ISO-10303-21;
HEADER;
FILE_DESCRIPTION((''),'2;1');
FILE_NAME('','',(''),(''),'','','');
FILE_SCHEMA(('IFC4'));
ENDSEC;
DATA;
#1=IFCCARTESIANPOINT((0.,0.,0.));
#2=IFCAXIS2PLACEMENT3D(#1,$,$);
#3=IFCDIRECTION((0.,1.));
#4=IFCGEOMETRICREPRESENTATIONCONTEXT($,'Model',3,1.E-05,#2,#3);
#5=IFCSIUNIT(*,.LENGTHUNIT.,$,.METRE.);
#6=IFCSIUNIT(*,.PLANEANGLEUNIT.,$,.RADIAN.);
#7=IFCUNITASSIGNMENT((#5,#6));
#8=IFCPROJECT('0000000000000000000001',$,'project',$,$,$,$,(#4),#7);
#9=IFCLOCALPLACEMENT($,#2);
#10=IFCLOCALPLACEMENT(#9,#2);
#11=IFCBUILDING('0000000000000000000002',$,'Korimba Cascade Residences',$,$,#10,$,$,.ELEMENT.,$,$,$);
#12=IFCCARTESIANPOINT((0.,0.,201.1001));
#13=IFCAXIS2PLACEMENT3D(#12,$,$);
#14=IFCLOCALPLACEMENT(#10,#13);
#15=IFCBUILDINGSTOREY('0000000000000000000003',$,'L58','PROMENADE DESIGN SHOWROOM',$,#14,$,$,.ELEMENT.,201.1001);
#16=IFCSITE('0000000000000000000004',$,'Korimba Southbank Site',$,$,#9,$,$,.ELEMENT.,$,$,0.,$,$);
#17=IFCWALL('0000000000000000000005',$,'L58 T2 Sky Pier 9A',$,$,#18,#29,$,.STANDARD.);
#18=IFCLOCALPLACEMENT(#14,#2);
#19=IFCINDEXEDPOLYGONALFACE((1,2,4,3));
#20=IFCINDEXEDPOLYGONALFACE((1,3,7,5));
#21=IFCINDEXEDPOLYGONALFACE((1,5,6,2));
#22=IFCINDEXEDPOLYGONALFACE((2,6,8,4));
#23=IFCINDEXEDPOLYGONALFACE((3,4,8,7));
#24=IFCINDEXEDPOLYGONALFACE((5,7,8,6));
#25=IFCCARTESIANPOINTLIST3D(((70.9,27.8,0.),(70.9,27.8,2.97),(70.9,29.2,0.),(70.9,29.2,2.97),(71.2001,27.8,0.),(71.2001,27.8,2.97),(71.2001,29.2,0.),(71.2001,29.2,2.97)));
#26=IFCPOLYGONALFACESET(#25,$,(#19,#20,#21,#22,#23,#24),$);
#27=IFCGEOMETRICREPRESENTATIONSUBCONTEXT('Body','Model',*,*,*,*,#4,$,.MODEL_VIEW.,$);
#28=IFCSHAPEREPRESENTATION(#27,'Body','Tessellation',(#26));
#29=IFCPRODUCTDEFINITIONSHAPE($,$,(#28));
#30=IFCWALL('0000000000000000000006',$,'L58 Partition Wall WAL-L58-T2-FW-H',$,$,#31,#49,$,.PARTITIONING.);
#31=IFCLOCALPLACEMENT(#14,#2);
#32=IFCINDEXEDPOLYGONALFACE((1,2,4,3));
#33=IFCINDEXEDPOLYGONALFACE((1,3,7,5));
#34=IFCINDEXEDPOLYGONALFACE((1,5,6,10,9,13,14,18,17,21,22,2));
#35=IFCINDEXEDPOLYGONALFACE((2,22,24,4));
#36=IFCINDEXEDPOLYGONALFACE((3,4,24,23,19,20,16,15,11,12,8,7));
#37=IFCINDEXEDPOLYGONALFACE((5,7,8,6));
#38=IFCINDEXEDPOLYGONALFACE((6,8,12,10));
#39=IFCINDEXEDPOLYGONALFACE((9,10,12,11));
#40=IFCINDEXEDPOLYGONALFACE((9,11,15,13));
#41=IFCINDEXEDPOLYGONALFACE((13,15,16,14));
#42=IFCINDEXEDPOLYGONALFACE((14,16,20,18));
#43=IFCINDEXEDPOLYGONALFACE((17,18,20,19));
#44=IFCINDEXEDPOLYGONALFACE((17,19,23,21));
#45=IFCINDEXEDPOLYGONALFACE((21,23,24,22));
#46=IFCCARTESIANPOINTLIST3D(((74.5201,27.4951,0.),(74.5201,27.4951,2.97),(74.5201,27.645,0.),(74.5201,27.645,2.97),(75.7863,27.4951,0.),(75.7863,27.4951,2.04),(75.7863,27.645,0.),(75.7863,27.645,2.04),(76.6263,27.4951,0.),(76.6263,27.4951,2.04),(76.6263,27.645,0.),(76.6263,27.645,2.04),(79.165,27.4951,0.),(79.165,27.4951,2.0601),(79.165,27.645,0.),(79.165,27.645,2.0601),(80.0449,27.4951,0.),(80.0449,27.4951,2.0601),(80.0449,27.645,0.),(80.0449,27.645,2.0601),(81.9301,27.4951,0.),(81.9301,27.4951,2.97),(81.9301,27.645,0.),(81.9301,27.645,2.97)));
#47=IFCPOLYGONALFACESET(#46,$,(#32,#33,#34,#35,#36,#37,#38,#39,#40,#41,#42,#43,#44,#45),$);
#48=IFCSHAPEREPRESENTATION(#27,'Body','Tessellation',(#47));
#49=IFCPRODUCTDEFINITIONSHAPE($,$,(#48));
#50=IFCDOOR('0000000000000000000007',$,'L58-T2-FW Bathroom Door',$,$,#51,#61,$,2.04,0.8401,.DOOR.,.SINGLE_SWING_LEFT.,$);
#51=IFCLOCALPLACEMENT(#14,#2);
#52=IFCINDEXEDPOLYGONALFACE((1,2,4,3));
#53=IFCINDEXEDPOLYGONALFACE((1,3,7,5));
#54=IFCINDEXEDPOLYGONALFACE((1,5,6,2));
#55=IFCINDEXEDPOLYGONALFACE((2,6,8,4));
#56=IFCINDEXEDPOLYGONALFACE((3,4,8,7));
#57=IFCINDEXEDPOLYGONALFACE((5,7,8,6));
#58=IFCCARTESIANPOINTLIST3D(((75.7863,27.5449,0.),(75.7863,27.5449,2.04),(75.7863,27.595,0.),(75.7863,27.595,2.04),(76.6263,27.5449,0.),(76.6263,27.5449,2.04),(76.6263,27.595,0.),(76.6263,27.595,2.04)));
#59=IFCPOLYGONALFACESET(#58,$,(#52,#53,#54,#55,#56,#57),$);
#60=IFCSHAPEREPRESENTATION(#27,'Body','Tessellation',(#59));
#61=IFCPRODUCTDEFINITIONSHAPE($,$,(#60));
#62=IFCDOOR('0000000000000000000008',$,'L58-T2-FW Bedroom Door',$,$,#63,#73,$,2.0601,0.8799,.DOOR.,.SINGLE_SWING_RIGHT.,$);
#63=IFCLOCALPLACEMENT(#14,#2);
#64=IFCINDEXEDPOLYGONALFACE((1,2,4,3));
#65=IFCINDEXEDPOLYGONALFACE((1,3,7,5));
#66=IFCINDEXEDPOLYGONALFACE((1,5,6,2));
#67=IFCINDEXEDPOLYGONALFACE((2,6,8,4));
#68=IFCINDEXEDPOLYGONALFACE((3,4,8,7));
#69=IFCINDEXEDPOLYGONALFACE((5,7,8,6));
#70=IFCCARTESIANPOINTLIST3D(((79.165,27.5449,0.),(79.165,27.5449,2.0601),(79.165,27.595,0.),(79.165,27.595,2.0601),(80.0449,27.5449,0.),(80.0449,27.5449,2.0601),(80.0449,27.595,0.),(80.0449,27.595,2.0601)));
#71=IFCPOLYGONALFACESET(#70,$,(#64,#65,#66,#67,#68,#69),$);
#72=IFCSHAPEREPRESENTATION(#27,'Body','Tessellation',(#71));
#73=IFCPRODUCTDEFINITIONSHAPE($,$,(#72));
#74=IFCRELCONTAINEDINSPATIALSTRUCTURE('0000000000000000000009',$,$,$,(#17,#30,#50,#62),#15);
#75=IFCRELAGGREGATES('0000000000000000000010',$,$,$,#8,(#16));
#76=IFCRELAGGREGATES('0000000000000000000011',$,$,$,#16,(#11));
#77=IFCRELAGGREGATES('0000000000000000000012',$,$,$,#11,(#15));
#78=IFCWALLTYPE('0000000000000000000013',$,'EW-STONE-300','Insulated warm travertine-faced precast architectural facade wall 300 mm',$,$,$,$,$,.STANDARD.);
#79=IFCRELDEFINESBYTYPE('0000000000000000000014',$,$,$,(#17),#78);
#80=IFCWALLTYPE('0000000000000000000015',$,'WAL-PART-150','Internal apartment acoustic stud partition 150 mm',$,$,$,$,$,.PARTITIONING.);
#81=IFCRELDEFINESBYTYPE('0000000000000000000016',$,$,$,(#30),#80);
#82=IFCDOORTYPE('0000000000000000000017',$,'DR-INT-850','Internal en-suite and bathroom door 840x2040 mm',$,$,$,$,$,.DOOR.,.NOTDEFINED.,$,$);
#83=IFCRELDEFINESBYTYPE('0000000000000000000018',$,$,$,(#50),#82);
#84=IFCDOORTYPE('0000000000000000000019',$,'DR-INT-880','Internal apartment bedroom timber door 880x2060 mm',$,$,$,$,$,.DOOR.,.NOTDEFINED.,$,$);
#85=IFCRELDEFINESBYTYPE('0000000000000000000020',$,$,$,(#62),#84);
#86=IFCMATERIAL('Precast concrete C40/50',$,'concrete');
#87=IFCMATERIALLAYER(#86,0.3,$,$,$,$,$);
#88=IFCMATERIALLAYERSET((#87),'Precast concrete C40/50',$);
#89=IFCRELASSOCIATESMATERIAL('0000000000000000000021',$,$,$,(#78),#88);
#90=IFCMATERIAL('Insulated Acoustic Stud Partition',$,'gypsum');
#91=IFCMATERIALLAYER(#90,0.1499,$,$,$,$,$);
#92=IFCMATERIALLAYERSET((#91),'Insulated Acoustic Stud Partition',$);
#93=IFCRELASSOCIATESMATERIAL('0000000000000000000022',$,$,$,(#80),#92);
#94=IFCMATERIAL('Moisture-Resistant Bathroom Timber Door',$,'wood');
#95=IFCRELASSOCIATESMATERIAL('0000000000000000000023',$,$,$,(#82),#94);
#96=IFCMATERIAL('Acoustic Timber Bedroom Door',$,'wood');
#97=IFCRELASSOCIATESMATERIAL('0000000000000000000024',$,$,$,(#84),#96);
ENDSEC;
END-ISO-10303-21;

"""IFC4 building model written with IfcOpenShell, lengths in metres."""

from ifc_helpers import new_model, si_unit, direction, frame, frame_2d, origin, place, context, subcontext, project, spatial, rectangle, extrude, material, layer, layer_set, type_object, element, fill, save


model = new_model("IFC4")

# Units and contexts
model_context = context("Model", 3, precision=1e-05, world=origin(), true_north=direction((0.0, 1.0)))
body_context = subcontext(model_context, "Body", "Model", "MODEL_VIEW")
ifc_project = project(units=[si_unit("LENGTHUNIT", "METRE"), si_unit("PLANEANGLEUNIT", "RADIAN")], contexts=[model_context])

# Site, building, storey
site_placement = place(None, origin())
site = spatial("IfcSite", under=ifc_project, at=site_placement, Name="Korimba Southbank Site", CompositionType="ELEMENT", RefElevation=0.0)
building_placement = place(site_placement, origin())
building = spatial("IfcBuilding", under=site, at=building_placement, Name="Korimba Cascade Residences", CompositionType="ELEMENT")
storey_placement = place(building_placement, frame((0.0, 0.0, 201.1001)))
storey = spatial("IfcBuildingStorey", under=building, at=storey_placement, Name="L58", Description="PROMENADE DESIGN SHOWROOM", CompositionType="ELEMENT", Elevation=201.1001)

# Wall
ifc_material_1 = material(Name="Precast concrete C40/50", Category="concrete")
ifc_layer_1 = layer(ifc_material_1, 0.3)
ifc_layer_set_1 = layer_set([ifc_layer_1], Name="Precast concrete C40/50")
wall_type_1 = type_object("IfcWallType", Name="EW-STONE-300", Description="Insulated warm travertine-faced precast architectural facade wall 300 mm", PredefinedType="STANDARD", material=ifc_layer_set_1)
wall_1_placement = place(storey_placement, frame((71.05, 29.2, 0.0), z_axis=(0.0, 0.0, 1.0), x_axis=(0.0, -1.0, 0.0)))
element("IfcWall", 1, at=wall_1_placement, inside=storey, type_object=wall_type_1, Name="L58 T2 Sky Pier 9A", PredefinedType="STANDARD", context=body_context, shape_type="SweptSolid", body=[
    extrude(rectangle(XDim=1.3999, YDim=0.3, at=frame_2d((0.7, 0.0))), origin(), (0.0, 0.0, 1.0), 2.97),
])

# Wall, openings, doors
ifc_material_2 = material(Name="Insulated Acoustic Stud Partition", Category="gypsum")
ifc_layer_2 = layer(ifc_material_2, 0.1499)
ifc_layer_set_2 = layer_set([ifc_layer_2], Name="Insulated Acoustic Stud Partition")
wall_type_2 = type_object("IfcWallType", Name="WAL-PART-150", Description="Internal apartment acoustic stud partition 150 mm", PredefinedType="PARTITIONING", material=ifc_layer_set_2)
wall_2_placement = place(storey_placement, frame((74.52, 27.5701, 0.0), z_axis=(0.0, 0.0, 1.0), x_axis=(1.0, 0.0, 0.0)))
wall_2 = element("IfcWall", 2, at=wall_2_placement, inside=storey, type_object=wall_type_2, Name="L58 Partition Wall WAL-L58-T2-FW-H", PredefinedType="PARTITIONING", context=body_context, shape_type="SweptSolid", body=[
    extrude(rectangle(XDim=7.4099, YDim=0.1499, at=frame_2d((3.7051, 0.0))), origin(), (0.0, 0.0, 1.0), 2.97),
])
opening_1_placement = place(wall_2_placement, frame((1.2664, 0.0, 0.0)))
opening_1 = element("IfcOpeningElement", 3, at=opening_1_placement, cuts=wall_2, PredefinedType="OPENING", context=body_context, shape_type="SweptSolid", body=[
    extrude(rectangle(XDim=0.8401, YDim=2.04, at=frame_2d((0.4199, 1.02))), frame((0.0, 0.085, 0.0), z_axis=(0.0, -1.0, 0.0), x_axis=(1.0, 0.0, 0.0)), (0.0, 0.0, 1.0), 0.1699),
])
opening_2_placement = place(wall_2_placement, frame((4.645, 0.0, 0.0)))
opening_2 = element("IfcOpeningElement", 4, at=opening_2_placement, cuts=wall_2, PredefinedType="OPENING", context=body_context, shape_type="SweptSolid", body=[
    extrude(rectangle(XDim=0.8799, YDim=2.0601, at=frame_2d((0.4399, 1.03))), frame((0.0, 0.085, 0.0), z_axis=(0.0, -1.0, 0.0), x_axis=(1.0, 0.0, 0.0)), (0.0, 0.0, 1.0), 0.1699),
])
ifc_material_3 = material(Name="Moisture-Resistant Bathroom Timber Door", Category="wood")
door_type_1 = type_object("IfcDoorType", Name="DR-INT-850", Description="Internal en-suite and bathroom door 840x2040 mm", OperationType="NOTDEFINED", PredefinedType="DOOR", material=ifc_material_3)
door_1_placement = place(opening_1_placement, origin())
door_1 = element("IfcDoor", 5, at=door_1_placement, inside=storey, type_object=door_type_1, Name="L58-T2-FW Bathroom Door", OperationType="SINGLE_SWING_LEFT", OverallHeight=2.04, OverallWidth=0.8401, PredefinedType="DOOR", context=body_context, shape_type="SweptSolid", body=[
    extrude(rectangle(XDim=0.8401, YDim=2.04, at=frame_2d((0.4199, 1.02))), frame((0.0, 0.0249, 0.0), z_axis=(0.0, -1.0, 0.0), x_axis=(1.0, 0.0, 0.0)), (0.0, 0.0, 1.0), 0.05),
])
fill(opening_1, door_1)
ifc_material_4 = material(Name="Acoustic Timber Bedroom Door", Category="wood")
door_type_2 = type_object("IfcDoorType", Name="DR-INT-880", Description="Internal apartment bedroom timber door 880x2060 mm", OperationType="NOTDEFINED", PredefinedType="DOOR", material=ifc_material_4)
door_2_placement = place(opening_2_placement, origin())
door_2 = element("IfcDoor", 6, at=door_2_placement, inside=storey, type_object=door_type_2, Name="L58-T2-FW Bedroom Door", OperationType="SINGLE_SWING_RIGHT", OverallHeight=2.0601, OverallWidth=0.8799, PredefinedType="DOOR", context=body_context, shape_type="SweptSolid", body=[
    extrude(rectangle(XDim=0.8799, YDim=2.0601, at=frame_2d((0.4399, 1.03))), frame((0.0, 0.0249, 0.0), z_axis=(0.0, -1.0, 0.0), x_axis=(1.0, 0.0, 0.0)), (0.0, 0.0, 1.0), 0.05),
])
fill(opening_2, door_2)

save(model, "model.ifc")
